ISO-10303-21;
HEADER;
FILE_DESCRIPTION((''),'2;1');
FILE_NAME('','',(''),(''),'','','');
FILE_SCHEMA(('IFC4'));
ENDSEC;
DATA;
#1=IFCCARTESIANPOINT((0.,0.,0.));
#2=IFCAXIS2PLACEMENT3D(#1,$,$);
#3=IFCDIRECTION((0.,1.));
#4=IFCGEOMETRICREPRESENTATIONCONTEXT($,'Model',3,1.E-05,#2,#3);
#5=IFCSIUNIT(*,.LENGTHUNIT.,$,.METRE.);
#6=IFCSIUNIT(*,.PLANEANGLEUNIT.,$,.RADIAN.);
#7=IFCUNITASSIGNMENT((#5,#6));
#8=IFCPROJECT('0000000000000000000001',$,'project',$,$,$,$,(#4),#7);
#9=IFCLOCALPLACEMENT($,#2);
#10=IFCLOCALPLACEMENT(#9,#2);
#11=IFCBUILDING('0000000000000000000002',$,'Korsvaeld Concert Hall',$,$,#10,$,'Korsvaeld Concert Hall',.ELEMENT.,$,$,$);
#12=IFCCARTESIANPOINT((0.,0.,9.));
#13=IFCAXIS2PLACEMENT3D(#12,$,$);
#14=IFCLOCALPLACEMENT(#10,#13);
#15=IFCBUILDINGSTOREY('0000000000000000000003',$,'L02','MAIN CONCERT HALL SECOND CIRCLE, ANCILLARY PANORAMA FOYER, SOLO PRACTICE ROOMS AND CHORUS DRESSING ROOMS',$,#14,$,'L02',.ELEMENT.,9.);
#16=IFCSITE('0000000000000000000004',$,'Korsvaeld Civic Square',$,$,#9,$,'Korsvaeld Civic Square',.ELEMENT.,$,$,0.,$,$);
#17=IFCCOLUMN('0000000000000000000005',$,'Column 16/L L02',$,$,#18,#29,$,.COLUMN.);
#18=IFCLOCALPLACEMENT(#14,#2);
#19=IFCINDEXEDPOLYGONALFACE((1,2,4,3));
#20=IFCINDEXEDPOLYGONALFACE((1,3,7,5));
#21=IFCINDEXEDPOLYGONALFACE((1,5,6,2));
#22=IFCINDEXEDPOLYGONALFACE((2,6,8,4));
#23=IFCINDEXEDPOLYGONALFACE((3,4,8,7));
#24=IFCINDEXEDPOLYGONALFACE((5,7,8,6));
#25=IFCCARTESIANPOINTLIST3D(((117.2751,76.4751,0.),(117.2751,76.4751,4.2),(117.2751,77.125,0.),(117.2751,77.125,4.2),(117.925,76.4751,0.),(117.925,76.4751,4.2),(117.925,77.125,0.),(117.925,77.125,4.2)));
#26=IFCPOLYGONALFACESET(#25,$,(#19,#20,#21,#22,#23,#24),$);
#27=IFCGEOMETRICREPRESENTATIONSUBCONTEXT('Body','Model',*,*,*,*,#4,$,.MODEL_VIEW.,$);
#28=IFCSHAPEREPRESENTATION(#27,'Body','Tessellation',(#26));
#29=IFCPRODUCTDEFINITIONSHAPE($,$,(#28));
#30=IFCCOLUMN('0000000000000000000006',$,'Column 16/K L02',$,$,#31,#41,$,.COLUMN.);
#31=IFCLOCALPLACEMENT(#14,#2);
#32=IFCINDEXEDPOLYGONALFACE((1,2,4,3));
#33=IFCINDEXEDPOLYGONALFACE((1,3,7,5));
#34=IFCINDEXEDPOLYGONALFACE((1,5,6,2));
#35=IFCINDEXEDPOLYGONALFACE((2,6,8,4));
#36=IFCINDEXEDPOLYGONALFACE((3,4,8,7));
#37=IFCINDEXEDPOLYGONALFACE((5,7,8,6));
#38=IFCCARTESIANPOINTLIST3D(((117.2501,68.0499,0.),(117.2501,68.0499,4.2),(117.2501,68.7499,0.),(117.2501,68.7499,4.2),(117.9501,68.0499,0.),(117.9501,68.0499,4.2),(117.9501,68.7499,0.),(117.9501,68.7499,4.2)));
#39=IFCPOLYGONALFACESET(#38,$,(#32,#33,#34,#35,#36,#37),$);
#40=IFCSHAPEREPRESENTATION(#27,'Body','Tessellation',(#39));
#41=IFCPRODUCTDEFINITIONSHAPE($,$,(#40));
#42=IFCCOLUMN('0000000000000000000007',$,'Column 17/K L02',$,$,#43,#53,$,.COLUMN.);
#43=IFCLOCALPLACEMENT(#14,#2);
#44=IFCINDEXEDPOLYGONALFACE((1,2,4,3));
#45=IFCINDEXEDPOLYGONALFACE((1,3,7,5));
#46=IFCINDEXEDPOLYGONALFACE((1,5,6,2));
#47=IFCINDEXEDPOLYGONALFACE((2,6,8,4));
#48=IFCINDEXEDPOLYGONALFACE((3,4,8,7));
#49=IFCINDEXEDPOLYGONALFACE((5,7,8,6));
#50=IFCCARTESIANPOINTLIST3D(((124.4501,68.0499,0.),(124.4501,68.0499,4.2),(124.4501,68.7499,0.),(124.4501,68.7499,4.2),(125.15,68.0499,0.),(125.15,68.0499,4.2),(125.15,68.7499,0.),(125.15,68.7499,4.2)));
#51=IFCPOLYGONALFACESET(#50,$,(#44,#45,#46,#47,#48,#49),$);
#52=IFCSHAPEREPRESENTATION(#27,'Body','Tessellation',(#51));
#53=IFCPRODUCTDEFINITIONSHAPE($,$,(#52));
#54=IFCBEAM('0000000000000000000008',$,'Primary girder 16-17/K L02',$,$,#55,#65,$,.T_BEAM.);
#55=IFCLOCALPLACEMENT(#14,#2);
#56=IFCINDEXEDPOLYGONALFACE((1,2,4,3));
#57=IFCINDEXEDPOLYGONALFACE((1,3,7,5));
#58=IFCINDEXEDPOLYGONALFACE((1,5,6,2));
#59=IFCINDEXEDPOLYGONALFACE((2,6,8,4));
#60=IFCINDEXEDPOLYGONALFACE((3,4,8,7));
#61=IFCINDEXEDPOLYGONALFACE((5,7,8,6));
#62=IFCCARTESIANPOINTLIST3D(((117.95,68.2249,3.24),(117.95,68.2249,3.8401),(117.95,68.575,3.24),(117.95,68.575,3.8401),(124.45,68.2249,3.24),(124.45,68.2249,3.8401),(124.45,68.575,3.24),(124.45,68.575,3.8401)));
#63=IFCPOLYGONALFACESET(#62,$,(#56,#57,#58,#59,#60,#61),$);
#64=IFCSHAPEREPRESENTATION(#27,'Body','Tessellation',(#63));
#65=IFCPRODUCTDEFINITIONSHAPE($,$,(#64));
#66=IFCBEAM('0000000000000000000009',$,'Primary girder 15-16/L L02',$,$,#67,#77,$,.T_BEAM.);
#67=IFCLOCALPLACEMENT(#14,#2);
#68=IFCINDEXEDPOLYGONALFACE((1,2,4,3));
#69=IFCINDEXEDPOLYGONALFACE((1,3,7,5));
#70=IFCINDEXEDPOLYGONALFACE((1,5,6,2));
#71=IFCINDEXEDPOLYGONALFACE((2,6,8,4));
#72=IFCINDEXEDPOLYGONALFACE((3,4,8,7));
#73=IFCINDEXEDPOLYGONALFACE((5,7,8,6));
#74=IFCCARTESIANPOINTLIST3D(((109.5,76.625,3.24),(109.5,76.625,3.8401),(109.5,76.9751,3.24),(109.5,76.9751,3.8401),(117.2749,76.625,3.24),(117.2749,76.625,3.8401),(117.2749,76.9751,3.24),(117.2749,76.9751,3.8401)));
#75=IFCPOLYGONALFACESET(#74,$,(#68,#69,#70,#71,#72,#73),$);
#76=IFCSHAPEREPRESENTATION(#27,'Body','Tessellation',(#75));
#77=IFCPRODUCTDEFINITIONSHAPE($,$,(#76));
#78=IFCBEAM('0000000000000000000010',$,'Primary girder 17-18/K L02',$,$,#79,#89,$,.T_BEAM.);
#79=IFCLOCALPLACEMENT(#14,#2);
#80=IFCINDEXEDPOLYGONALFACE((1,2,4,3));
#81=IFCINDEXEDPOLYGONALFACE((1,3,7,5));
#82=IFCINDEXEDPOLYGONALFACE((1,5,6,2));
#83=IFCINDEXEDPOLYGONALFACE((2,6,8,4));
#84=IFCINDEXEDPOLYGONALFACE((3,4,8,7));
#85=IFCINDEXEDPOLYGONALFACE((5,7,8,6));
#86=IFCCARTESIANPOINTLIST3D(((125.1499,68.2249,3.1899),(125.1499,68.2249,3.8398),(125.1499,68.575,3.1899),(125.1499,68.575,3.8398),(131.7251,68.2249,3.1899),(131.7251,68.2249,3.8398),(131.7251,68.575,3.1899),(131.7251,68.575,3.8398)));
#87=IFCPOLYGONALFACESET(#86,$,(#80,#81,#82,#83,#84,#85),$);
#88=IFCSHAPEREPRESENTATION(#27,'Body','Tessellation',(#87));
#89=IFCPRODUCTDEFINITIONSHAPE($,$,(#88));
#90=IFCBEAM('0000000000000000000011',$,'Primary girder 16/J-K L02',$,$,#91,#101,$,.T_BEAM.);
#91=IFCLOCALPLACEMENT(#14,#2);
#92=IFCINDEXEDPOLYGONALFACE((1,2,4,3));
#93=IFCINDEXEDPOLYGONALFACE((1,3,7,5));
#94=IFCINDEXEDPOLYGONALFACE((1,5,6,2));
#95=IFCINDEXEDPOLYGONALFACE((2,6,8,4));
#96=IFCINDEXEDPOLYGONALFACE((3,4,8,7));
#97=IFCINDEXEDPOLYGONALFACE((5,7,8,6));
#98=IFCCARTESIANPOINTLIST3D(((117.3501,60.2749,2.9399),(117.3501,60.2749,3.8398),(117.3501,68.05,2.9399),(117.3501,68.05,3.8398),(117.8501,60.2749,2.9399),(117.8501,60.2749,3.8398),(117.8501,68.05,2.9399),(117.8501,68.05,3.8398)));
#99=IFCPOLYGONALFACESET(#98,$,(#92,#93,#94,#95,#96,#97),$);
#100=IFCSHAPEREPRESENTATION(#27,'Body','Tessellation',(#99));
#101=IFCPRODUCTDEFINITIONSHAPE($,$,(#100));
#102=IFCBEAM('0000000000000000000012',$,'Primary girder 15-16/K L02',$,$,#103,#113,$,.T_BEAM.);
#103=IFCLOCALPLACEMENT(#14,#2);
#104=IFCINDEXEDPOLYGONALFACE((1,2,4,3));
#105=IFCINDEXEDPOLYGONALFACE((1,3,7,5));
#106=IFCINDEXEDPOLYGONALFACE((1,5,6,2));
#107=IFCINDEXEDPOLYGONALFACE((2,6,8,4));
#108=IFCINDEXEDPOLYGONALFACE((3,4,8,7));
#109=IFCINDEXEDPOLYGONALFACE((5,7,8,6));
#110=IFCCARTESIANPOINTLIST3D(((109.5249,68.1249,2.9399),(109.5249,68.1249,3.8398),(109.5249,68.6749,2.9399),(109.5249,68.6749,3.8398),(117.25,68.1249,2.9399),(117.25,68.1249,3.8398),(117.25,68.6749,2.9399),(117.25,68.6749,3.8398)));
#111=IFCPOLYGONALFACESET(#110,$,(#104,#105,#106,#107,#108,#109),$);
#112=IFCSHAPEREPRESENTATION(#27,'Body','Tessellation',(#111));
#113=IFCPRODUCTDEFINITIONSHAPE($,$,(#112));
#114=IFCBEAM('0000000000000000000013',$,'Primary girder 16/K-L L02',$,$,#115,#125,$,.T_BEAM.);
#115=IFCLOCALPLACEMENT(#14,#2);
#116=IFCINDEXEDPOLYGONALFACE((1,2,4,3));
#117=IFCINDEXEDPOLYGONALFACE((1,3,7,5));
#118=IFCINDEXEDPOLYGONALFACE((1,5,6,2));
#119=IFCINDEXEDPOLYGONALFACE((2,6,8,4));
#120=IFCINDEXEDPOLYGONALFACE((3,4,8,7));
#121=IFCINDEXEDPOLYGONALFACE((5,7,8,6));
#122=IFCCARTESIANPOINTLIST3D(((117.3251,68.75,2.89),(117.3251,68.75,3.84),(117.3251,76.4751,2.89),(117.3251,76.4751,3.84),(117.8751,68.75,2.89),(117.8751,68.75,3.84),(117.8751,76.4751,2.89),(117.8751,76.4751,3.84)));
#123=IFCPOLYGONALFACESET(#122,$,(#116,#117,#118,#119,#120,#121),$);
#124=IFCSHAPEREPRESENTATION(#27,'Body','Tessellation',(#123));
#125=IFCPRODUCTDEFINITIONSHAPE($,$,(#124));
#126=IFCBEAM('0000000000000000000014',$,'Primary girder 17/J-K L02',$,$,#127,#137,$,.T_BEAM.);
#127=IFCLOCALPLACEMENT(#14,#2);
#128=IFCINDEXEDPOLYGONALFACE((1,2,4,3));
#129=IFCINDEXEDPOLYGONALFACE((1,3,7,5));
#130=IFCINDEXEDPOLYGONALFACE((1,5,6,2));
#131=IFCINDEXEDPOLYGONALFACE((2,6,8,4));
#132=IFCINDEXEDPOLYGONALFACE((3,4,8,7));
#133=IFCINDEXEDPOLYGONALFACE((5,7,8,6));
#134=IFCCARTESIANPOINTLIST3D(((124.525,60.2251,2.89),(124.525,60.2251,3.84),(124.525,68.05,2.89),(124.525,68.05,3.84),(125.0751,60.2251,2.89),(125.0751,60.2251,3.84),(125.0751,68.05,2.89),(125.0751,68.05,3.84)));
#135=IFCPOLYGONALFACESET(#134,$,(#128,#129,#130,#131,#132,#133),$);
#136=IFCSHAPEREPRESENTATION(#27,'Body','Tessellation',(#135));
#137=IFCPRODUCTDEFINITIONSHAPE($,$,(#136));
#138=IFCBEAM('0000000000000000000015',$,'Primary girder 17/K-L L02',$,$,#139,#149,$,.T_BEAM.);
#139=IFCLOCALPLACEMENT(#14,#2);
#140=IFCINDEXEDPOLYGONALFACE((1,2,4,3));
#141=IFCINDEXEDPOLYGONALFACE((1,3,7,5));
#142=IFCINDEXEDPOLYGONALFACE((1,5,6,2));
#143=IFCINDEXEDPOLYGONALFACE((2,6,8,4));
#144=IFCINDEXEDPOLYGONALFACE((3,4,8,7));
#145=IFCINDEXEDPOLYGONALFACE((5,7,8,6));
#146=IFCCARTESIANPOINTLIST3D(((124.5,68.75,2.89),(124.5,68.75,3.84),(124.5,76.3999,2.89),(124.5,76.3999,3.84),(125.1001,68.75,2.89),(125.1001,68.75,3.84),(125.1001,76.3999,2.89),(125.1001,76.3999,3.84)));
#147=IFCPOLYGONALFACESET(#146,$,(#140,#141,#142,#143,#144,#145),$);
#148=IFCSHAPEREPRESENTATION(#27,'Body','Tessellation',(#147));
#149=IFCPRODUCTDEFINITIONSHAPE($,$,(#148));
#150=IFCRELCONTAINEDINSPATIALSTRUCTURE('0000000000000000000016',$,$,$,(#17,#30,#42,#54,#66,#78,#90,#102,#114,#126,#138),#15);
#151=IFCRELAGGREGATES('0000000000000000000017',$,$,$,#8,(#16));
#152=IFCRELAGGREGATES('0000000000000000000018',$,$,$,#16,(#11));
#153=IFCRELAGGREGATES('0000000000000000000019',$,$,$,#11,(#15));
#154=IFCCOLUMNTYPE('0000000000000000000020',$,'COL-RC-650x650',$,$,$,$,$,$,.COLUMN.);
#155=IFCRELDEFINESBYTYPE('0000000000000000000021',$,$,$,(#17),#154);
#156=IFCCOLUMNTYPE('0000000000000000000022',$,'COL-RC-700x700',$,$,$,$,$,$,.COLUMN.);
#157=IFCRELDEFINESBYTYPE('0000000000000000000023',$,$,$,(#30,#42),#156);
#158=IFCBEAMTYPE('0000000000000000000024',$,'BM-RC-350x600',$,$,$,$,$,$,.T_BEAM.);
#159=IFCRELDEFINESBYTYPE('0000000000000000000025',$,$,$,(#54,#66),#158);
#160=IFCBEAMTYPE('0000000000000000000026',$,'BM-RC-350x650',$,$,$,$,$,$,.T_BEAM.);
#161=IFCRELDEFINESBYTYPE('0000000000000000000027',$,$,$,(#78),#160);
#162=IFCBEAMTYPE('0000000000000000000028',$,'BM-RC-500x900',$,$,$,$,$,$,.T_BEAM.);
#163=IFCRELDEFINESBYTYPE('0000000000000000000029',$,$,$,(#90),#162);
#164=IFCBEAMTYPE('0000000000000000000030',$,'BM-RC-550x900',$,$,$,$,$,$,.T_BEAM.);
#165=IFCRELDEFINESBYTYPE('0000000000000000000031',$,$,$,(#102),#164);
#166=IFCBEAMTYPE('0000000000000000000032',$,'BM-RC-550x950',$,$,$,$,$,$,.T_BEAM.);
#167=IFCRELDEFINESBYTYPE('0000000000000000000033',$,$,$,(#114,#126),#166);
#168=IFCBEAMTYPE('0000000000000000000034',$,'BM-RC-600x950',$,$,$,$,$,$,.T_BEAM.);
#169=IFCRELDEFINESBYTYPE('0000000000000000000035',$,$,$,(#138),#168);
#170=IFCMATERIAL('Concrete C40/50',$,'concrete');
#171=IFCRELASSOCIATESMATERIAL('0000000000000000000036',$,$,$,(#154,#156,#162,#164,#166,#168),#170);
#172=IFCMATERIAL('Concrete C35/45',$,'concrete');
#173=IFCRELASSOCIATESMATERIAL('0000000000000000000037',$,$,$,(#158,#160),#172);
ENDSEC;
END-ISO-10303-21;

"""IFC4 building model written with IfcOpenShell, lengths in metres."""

from ifc_helpers import new_model, si_unit, direction, frame, origin, origin_2d, place, context, subcontext, project, spatial, rectangle, extrude, material, material_profile, profile_set, type_object, element, save


model = new_model("IFC4")

# Units and contexts
model_context = context("Model", 3, precision=1e-05, world=origin(), true_north=direction((0.0, 1.0)))
body_context = subcontext(model_context, "Body", "Model", "MODEL_VIEW")
ifc_project = project(units=[si_unit("LENGTHUNIT", "METRE"), si_unit("PLANEANGLEUNIT", "RADIAN")], contexts=[model_context])

# Site, building, storey
site_placement = place(None, origin())
site = spatial("IfcSite", under=ifc_project, at=site_placement, Name="Korsvaeld Civic Square", LongName="Korsvaeld Civic Square", CompositionType="ELEMENT", RefElevation=0.0)
building_placement = place(site_placement, origin())
building = spatial("IfcBuilding", under=site, at=building_placement, Name="Korsvaeld Concert Hall", LongName="Korsvaeld Concert Hall", CompositionType="ELEMENT")
storey_placement = place(building_placement, frame((0.0, 0.0, 9.0)))
storey = spatial("IfcBuildingStorey", under=building, at=storey_placement, Name="L02", Description="MAIN CONCERT HALL SECOND CIRCLE, ANCILLARY PANORAMA FOYER, SOLO PRACTICE ROOMS AND CHORUS DRESSING ROOMS", LongName="L02", CompositionType="ELEMENT", Elevation=9.0)

# Columns
ifc_material_1 = material(Name="Concrete C40/50", Category="concrete")
ifc_material_profile_1 = material_profile(ifc_material_1, rectangle(XDim=0.6499, YDim=0.6499, at=origin_2d()), Name="RC 650x650")
ifc_profile_set_1 = profile_set([ifc_material_profile_1], Name="Concrete C40/50")
column_type_1 = type_object("IfcColumnType", Name="COL-RC-650x650", PredefinedType="COLUMN", material=ifc_profile_set_1)
column_placement = place(storey_placement, frame((117.6001, 76.8, 0.0), z_axis=(0.0, 0.0, 1.0), x_axis=(1.0, 0.0, 0.0)))
element("IfcColumn", 1, at=column_placement, inside=storey, type_object=column_type_1, Name="Column 16/L L02", PredefinedType="COLUMN", context=body_context, shape_type="SweptSolid", body=[
    extrude(rectangle(XDim=0.6499, YDim=0.6499, at=origin_2d()), origin(), (0.0, 0.0, 1.0), 4.2),
])
ifc_material_profile_2 = material_profile(ifc_material_1, rectangle(XDim=0.7, YDim=0.7, at=origin_2d()), Name="RC 700x700")
ifc_profile_set_2 = profile_set([ifc_material_profile_2], Name="Concrete C40/50")
column_type_2 = type_object("IfcColumnType", Name="COL-RC-700x700", PredefinedType="COLUMN", material=ifc_profile_set_2)
for number, where, z_axis, x_axis, name in (
    (2, (117.6001, 68.3999, 0.0), (0.0, 0.0, 1.0), (1.0, 0.0, 0.0), "Column 16/K L02"),
    (3, (124.8, 68.3999, 0.0), (0.0, 0.0, 1.0), (1.0, 0.0, 0.0), "Column 17/K L02"),
):
    element("IfcColumn", number, at=place(storey_placement, frame(where, z_axis=z_axis, x_axis=x_axis)), inside=storey, type_object=column_type_2, Name=name, PredefinedType="COLUMN", context=body_context, shape_type="SweptSolid", body=[
        extrude(rectangle(XDim=0.7, YDim=0.7, at=origin_2d()), origin(), (0.0, 0.0, 1.0), 4.2),
    ])

# Beams
ifc_material_2 = material(Name="Concrete C35/45", Category="concrete")
ifc_material_profile_3 = material_profile(ifc_material_2, rectangle(XDim=0.3501, YDim=0.6001, at=origin_2d()), Name="RC 350x600")
ifc_profile_set_3 = profile_set([ifc_material_profile_3], Name="Concrete C35/45")
beam_type_1 = type_object("IfcBeamType", Name="BM-RC-350x600", PredefinedType="T_BEAM", material=ifc_profile_set_3)
beam_1_placement = place(storey_placement, frame((117.95, 68.3999, 3.54), z_axis=(1.0, 0.0, 0.0), x_axis=(0.0, 1.0, 0.0)))
element("IfcBeam", 4, at=beam_1_placement, inside=storey, type_object=beam_type_1, Name="Primary girder 16-17/K L02", PredefinedType="T_BEAM", context=body_context, shape_type="SweptSolid", body=[
    extrude(rectangle(XDim=0.3501, YDim=0.6001, at=origin_2d()), origin(), (0.0, 0.0, 1.0), 6.5),
])
beam_2_placement = place(storey_placement, frame((109.5, 76.8, 3.54), z_axis=(1.0, 0.0, 0.0), x_axis=(0.0, 1.0, 0.0)))
element("IfcBeam", 5, at=beam_2_placement, inside=storey, type_object=beam_type_1, Name="Primary girder 15-16/L L02", PredefinedType="T_BEAM", context=body_context, shape_type="SweptSolid", body=[
    extrude(rectangle(XDim=0.3501, YDim=0.6001, at=origin_2d()), origin(), (0.0, 0.0, 1.0), 7.7749),
])
ifc_material_profile_4 = material_profile(ifc_material_2, rectangle(XDim=0.3501, YDim=0.6499, at=origin_2d()), Name="RC 350x650")
ifc_profile_set_4 = profile_set([ifc_material_profile_4], Name="Concrete C35/45")
beam_type_2 = type_object("IfcBeamType", Name="BM-RC-350x650", PredefinedType="T_BEAM", material=ifc_profile_set_4)
beam_3_placement = place(storey_placement, frame((125.1499, 68.3999, 3.5149), z_axis=(1.0, 0.0, 0.0), x_axis=(0.0, 1.0, 0.0)))
element("IfcBeam", 6, at=beam_3_placement, inside=storey, type_object=beam_type_2, Name="Primary girder 17-18/K L02", PredefinedType="T_BEAM", context=body_context, shape_type="SweptSolid", body=[
    extrude(rectangle(XDim=0.3501, YDim=0.6499, at=origin_2d()), origin(), (0.0, 0.0, 1.0), 6.5752),
])
ifc_material_profile_5 = material_profile(ifc_material_1, rectangle(XDim=0.5, YDim=0.8999, at=origin_2d()), Name="RC 500x900")
ifc_profile_set_5 = profile_set([ifc_material_profile_5], Name="Concrete C40/50")
beam_type_3 = type_object("IfcBeamType", Name="BM-RC-500x900", PredefinedType="T_BEAM", material=ifc_profile_set_5)
beam_4_placement = place(storey_placement, frame((117.6001, 60.2749, 3.3899), z_axis=(0.0, 1.0, 0.0), x_axis=(-1.0, 0.0, 0.0)))
element("IfcBeam", 7, at=beam_4_placement, inside=storey, type_object=beam_type_3, Name="Primary girder 16/J-K L02", PredefinedType="T_BEAM", context=body_context, shape_type="SweptSolid", body=[
    extrude(rectangle(XDim=0.5, YDim=0.8999, at=origin_2d()), origin(), (0.0, 0.0, 1.0), 7.7751),
])
ifc_material_profile_6 = material_profile(ifc_material_1, rectangle(XDim=0.55, YDim=0.8999, at=origin_2d()), Name="RC 550x900")
ifc_profile_set_6 = profile_set([ifc_material_profile_6], Name="Concrete C40/50")
beam_type_4 = type_object("IfcBeamType", Name="BM-RC-550x900", PredefinedType="T_BEAM", material=ifc_profile_set_6)
beam_5_placement = place(storey_placement, frame((109.5249, 68.3999, 3.3899), z_axis=(1.0, 0.0, 0.0), x_axis=(0.0, 1.0, 0.0)))
element("IfcBeam", 8, at=beam_5_placement, inside=storey, type_object=beam_type_4, Name="Primary girder 15-16/K L02", PredefinedType="T_BEAM", context=body_context, shape_type="SweptSolid", body=[
    extrude(rectangle(XDim=0.55, YDim=0.8999, at=origin_2d()), origin(), (0.0, 0.0, 1.0), 7.7251),
])
ifc_material_profile_7 = material_profile(ifc_material_1, rectangle(XDim=0.55, YDim=0.95, at=origin_2d()), Name="RC 550x950")
ifc_profile_set_7 = profile_set([ifc_material_profile_7], Name="Concrete C40/50")
beam_type_5 = type_object("IfcBeamType", Name="BM-RC-550x950", PredefinedType="T_BEAM", material=ifc_profile_set_7)
beam_6_placement = place(storey_placement, frame((117.6001, 68.75, 3.365), z_axis=(0.0, 1.0, 0.0), x_axis=(-1.0, 0.0, 0.0)))
element("IfcBeam", 9, at=beam_6_placement, inside=storey, type_object=beam_type_5, Name="Primary girder 16/K-L L02", PredefinedType="T_BEAM", context=body_context, shape_type="SweptSolid", body=[
    extrude(rectangle(XDim=0.55, YDim=0.95, at=origin_2d()), origin(), (0.0, 0.0, 1.0), 7.7251),
])
beam_7_placement = place(storey_placement, frame((124.8, 60.2251, 3.365), z_axis=(0.0, 1.0, 0.0), x_axis=(-1.0, 0.0, 0.0)))
element("IfcBeam", 10, at=beam_7_placement, inside=storey, type_object=beam_type_5, Name="Primary girder 17/J-K L02", PredefinedType="T_BEAM", context=body_context, shape_type="SweptSolid", body=[
    extrude(rectangle(XDim=0.55, YDim=0.95, at=origin_2d()), origin(), (0.0, 0.0, 1.0), 7.825),
])
ifc_material_profile_8 = material_profile(ifc_material_1, rectangle(XDim=0.6001, YDim=0.95, at=origin_2d()), Name="RC 600x950")
ifc_profile_set_8 = profile_set([ifc_material_profile_8], Name="Concrete C40/50")
beam_type_6 = type_object("IfcBeamType", Name="BM-RC-600x950", PredefinedType="T_BEAM", material=ifc_profile_set_8)
beam_8_placement = place(storey_placement, frame((124.8, 68.75, 3.365), z_axis=(0.0, 1.0, 0.0), x_axis=(-1.0, 0.0, 0.0)))
element("IfcBeam", 11, at=beam_8_placement, inside=storey, type_object=beam_type_6, Name="Primary girder 17/K-L L02", PredefinedType="T_BEAM", context=body_context, shape_type="SweptSolid", body=[
    extrude(rectangle(XDim=0.6001, YDim=0.95, at=origin_2d()), origin(), (0.0, 0.0, 1.0), 7.6499),
])

save(model, "model.ifc")
